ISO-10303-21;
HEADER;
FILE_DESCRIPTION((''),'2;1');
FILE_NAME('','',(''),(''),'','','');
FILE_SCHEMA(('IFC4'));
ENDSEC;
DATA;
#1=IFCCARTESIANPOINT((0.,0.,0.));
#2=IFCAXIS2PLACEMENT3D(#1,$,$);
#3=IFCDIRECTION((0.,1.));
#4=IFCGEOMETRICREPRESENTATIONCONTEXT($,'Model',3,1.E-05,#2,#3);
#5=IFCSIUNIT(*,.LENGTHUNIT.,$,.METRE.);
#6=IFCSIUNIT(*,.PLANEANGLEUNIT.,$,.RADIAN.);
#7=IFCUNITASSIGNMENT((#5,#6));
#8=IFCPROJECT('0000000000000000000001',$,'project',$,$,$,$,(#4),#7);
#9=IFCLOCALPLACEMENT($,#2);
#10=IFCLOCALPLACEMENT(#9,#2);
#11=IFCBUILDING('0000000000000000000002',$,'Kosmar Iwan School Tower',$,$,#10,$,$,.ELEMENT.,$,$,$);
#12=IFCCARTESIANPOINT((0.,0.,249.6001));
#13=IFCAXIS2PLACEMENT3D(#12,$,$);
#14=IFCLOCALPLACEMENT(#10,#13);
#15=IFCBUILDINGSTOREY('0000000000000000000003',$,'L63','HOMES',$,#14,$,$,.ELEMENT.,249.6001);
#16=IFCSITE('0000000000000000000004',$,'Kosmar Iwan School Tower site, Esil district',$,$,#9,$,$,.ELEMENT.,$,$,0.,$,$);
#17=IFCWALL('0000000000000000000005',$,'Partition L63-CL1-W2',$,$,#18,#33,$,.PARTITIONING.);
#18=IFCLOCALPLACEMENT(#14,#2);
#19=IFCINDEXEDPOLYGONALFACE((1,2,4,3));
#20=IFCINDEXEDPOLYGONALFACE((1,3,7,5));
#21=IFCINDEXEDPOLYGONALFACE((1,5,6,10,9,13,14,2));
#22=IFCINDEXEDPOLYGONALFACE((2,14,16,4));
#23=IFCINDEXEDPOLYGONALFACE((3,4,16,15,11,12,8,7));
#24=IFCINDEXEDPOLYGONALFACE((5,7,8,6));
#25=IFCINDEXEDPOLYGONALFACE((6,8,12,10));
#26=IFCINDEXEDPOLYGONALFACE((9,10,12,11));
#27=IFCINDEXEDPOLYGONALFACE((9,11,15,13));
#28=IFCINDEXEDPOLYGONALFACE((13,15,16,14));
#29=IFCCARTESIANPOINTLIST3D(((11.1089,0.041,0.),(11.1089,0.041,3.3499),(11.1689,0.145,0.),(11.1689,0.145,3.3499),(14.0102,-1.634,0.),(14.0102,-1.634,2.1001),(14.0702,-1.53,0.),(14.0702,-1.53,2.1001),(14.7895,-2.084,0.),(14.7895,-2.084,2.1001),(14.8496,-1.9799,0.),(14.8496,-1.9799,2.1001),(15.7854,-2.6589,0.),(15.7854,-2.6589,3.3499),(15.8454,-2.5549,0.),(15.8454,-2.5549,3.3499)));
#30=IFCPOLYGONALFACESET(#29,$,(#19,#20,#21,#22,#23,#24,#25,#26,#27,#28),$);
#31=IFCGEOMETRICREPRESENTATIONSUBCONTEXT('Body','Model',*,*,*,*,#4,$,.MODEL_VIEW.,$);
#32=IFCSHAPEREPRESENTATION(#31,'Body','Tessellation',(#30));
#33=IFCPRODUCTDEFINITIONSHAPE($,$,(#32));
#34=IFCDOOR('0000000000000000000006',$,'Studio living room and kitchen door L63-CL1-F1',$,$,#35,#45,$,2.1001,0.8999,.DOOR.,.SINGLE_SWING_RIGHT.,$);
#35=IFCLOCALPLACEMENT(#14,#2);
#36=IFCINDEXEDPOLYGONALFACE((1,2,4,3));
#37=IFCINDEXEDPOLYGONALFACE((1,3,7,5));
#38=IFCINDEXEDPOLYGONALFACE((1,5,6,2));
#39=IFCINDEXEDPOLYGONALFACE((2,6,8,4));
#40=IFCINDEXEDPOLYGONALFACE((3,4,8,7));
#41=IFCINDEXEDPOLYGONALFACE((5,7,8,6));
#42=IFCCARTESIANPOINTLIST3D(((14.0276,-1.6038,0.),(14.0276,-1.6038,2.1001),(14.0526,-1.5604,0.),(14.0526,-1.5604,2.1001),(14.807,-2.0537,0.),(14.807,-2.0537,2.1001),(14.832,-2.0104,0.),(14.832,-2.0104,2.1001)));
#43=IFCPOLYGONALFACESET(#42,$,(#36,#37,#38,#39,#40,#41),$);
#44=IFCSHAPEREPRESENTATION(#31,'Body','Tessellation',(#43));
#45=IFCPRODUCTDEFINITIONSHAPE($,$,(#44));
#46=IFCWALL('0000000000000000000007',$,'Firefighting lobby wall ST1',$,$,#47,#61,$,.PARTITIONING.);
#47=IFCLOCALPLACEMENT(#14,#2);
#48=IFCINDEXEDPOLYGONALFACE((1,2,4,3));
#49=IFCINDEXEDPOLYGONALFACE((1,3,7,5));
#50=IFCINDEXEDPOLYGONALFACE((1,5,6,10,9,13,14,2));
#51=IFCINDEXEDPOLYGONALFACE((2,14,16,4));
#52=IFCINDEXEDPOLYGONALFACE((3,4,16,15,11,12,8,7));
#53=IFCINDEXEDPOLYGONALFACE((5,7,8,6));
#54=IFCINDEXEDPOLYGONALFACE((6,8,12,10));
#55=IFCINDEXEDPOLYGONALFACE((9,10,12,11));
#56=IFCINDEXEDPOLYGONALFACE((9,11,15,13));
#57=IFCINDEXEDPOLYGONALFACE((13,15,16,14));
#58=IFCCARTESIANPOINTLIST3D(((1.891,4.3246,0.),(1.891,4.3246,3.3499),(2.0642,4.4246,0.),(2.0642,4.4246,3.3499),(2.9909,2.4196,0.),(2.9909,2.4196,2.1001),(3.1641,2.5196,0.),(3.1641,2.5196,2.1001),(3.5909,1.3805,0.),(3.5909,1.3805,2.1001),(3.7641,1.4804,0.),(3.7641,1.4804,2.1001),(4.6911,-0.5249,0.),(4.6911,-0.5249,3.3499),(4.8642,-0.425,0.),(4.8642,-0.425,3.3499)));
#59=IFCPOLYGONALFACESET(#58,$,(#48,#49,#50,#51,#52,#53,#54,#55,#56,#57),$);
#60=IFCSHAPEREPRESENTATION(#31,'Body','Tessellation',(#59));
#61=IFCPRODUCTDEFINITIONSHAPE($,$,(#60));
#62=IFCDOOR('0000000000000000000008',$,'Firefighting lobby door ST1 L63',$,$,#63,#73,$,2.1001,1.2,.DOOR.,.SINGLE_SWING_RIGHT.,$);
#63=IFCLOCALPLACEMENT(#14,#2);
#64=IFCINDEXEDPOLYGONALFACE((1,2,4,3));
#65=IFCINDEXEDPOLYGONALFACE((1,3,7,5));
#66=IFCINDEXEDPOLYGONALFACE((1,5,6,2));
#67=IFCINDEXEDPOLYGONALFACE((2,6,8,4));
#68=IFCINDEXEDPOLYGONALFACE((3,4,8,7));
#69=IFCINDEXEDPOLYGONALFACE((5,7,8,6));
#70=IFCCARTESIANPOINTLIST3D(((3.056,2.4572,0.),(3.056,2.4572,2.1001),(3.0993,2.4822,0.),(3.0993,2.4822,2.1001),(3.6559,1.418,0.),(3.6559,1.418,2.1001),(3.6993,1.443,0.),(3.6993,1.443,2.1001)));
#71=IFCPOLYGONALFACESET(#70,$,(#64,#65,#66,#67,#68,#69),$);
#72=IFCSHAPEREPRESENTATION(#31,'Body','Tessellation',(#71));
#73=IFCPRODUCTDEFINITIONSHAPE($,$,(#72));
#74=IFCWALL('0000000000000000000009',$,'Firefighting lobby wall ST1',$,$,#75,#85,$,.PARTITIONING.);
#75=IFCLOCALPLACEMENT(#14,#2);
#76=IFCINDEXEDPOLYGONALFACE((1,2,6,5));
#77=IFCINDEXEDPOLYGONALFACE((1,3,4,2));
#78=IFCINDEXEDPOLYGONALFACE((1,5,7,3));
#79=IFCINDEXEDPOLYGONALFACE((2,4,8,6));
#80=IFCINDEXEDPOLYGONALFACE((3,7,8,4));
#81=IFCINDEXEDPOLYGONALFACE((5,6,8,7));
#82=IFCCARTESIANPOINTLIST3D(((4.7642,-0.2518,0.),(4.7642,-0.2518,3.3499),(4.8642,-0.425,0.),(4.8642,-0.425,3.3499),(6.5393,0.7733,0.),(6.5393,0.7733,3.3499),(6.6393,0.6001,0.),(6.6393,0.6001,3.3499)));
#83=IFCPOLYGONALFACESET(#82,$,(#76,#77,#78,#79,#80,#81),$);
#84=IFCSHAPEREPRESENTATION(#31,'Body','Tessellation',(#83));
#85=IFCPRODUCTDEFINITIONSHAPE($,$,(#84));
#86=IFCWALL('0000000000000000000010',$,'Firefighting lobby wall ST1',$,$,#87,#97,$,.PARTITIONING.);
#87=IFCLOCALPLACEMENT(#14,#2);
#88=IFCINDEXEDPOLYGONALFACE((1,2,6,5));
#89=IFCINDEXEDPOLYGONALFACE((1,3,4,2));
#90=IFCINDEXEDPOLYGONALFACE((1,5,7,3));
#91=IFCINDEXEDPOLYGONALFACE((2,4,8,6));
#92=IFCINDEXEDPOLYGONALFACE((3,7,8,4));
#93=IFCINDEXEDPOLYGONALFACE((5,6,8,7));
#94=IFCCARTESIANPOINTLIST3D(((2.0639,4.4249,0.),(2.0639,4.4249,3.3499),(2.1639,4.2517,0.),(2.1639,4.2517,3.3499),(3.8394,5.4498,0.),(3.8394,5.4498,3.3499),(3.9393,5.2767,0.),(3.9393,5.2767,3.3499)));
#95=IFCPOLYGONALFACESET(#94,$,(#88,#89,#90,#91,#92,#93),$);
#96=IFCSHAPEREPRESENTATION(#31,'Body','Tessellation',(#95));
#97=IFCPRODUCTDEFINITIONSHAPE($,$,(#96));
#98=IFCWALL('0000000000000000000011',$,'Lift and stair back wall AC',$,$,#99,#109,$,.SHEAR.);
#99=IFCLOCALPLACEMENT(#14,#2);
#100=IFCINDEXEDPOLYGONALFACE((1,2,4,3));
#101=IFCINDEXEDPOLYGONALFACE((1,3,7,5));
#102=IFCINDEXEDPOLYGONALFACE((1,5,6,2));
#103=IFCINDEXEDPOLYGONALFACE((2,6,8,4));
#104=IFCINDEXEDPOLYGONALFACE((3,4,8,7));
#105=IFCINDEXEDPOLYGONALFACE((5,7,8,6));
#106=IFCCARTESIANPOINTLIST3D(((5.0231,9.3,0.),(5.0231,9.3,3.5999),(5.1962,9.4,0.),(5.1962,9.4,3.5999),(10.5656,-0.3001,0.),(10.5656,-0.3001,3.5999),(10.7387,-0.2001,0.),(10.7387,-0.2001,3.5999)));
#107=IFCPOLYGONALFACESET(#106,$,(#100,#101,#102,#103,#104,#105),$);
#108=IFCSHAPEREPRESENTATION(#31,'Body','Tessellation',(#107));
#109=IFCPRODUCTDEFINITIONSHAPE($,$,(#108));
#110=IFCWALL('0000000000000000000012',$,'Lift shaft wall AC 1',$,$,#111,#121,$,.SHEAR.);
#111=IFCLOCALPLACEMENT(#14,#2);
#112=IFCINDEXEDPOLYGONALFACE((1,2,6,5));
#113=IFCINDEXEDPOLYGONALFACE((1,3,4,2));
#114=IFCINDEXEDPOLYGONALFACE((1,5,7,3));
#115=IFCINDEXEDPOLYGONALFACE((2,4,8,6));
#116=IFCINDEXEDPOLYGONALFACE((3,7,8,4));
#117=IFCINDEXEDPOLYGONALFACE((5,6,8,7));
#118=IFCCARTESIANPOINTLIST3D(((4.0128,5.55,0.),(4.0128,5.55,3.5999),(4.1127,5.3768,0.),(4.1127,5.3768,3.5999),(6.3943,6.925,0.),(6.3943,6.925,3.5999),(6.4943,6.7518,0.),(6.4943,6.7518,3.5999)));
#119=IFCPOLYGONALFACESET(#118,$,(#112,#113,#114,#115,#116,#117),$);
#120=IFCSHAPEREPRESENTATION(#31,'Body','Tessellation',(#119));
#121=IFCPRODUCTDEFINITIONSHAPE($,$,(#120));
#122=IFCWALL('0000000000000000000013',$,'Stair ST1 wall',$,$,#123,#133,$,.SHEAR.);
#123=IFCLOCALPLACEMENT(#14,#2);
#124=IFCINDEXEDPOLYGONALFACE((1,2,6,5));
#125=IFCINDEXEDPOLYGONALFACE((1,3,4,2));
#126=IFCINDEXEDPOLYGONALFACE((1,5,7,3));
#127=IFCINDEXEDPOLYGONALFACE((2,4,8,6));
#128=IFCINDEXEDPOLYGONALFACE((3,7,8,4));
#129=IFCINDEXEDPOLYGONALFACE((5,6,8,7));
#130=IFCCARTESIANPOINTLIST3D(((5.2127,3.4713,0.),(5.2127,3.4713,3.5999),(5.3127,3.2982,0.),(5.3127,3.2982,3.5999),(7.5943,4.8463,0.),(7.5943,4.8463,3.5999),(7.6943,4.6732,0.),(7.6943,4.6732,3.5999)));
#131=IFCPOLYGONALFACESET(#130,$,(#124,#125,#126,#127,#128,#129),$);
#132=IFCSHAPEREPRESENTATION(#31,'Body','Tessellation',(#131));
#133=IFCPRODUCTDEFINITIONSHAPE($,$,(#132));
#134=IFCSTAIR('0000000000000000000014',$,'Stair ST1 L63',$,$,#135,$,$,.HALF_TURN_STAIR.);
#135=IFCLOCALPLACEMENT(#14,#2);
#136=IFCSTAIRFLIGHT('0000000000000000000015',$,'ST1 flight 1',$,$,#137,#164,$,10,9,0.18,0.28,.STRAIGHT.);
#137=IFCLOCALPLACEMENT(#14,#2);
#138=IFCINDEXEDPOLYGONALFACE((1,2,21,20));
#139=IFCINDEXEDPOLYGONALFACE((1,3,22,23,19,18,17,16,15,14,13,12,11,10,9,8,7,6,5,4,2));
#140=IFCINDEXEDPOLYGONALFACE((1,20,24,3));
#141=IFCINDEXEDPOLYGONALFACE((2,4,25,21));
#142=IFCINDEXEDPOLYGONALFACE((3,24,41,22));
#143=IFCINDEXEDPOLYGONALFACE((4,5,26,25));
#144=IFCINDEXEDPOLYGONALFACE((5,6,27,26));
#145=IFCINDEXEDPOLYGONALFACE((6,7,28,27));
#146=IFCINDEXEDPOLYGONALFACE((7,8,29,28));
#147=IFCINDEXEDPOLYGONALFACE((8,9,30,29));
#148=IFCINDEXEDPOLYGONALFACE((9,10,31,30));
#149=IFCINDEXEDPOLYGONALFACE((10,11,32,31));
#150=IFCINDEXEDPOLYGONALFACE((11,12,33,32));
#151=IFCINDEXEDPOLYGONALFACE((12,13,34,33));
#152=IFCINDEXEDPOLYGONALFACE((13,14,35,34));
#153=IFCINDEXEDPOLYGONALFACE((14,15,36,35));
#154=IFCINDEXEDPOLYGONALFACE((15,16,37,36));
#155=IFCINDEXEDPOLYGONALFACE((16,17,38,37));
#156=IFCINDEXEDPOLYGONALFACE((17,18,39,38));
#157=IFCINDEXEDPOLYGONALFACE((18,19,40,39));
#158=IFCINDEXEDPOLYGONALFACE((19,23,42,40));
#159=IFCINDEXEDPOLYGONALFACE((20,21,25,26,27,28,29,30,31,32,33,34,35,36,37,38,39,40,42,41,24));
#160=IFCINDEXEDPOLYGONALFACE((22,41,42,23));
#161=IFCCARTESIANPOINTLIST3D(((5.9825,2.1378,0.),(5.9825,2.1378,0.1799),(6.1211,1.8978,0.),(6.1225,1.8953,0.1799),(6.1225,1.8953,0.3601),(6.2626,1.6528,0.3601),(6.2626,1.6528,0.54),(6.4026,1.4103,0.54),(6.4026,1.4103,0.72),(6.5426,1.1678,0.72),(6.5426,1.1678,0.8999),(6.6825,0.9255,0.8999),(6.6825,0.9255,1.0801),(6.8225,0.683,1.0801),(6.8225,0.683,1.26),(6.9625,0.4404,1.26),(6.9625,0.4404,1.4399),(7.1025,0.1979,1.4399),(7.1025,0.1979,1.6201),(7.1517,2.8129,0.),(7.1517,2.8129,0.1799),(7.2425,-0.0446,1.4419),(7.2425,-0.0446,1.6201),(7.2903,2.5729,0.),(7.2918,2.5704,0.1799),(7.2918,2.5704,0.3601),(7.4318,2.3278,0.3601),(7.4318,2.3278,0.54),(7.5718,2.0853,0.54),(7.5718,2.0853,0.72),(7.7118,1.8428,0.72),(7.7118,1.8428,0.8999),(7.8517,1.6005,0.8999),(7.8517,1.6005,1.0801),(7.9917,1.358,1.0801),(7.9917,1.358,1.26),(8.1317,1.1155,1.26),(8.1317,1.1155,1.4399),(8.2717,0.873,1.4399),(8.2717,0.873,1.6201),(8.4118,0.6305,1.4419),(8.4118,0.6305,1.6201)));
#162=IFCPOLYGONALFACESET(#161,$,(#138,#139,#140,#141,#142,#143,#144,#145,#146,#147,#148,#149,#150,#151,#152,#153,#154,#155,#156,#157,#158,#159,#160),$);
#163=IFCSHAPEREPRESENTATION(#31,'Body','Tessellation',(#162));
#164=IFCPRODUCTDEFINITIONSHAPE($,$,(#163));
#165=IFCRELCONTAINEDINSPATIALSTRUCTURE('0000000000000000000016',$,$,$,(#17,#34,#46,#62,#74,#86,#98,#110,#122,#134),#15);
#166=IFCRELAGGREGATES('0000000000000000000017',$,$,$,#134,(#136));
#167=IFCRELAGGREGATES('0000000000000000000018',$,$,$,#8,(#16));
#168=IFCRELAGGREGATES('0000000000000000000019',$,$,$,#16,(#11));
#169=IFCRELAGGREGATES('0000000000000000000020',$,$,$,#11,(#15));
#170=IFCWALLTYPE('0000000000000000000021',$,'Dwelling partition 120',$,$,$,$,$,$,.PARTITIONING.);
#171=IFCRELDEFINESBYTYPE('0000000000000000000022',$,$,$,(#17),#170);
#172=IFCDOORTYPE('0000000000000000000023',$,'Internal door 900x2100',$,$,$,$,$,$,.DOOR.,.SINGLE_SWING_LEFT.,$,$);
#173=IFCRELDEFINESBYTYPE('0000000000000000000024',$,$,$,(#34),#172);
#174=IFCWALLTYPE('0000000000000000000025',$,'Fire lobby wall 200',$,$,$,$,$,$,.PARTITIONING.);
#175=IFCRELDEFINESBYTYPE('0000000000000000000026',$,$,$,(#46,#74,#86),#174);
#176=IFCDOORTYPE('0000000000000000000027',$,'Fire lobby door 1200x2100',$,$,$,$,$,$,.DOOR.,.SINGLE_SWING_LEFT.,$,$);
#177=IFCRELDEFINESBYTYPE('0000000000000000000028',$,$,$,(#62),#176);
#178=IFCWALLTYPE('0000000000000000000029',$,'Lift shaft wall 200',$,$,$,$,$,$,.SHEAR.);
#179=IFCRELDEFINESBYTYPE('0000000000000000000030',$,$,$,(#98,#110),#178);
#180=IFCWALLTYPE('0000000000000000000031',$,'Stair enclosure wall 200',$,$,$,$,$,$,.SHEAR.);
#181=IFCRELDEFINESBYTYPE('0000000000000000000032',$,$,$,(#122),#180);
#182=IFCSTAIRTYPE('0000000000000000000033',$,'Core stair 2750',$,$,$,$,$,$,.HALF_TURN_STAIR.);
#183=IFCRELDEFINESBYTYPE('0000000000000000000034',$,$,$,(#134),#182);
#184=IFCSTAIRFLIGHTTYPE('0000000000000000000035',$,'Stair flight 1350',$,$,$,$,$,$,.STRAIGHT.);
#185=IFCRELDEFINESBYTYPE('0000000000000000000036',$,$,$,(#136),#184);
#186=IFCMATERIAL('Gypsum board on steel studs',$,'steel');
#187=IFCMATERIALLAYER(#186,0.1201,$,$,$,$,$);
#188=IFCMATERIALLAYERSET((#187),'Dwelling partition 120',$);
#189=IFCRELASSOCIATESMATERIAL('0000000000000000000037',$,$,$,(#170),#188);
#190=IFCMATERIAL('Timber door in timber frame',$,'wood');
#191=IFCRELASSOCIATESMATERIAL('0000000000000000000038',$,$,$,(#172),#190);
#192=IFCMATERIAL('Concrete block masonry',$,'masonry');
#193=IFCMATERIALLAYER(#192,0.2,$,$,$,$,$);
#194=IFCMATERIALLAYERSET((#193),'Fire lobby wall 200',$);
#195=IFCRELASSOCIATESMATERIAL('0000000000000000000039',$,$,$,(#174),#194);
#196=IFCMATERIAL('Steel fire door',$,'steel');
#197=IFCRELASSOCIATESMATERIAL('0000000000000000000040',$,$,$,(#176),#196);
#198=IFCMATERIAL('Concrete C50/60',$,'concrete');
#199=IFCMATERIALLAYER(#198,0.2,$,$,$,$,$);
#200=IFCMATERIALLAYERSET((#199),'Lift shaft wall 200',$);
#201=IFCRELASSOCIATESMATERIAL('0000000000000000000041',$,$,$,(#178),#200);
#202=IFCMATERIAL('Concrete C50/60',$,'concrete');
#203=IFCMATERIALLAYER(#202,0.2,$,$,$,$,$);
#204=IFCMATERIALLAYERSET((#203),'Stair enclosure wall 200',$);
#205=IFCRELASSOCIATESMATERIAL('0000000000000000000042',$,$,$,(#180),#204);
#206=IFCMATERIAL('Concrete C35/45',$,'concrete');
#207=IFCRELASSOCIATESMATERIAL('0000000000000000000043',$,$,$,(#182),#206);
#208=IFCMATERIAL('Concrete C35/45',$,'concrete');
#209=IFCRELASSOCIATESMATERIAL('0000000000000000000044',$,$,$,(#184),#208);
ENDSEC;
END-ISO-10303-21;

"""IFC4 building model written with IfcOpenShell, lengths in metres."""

from ifc_helpers import new_model, si_unit, direction, frame, frame_2d, origin, place, context, subcontext, project, spatial, polyline, rectangle, outline, extrude, material, layer, layer_set, type_object, element, fill, aggregate, save


model = new_model("IFC4")

# Units and contexts
model_context = context("Model", 3, precision=1e-05, world=origin(), true_north=direction((0.0, 1.0)))
body_context = subcontext(model_context, "Body", "Model", "MODEL_VIEW")
ifc_project = project(units=[si_unit("LENGTHUNIT", "METRE"), si_unit("PLANEANGLEUNIT", "RADIAN")], contexts=[model_context])

# Site, building, storey
site_placement = place(None, origin())
site = spatial("IfcSite", under=ifc_project, at=site_placement, Name="Kosmar Iwan School Tower site, Esil district", CompositionType="ELEMENT", RefElevation=0.0)
building_placement = place(site_placement, origin())
building = spatial("IfcBuilding", under=site, at=building_placement, Name="Kosmar Iwan School Tower", CompositionType="ELEMENT")
storey_placement = place(building_placement, frame((0.0, 0.0, 249.6001)))
storey = spatial("IfcBuildingStorey", under=building, at=storey_placement, Name="L63", Description="HOMES", CompositionType="ELEMENT", Elevation=249.6001)

# Walls, openings, doors
ifc_material_1 = material(Name="Gypsum board on steel studs", Category="steel")
ifc_layer_1 = layer(ifc_material_1, 0.1201)
ifc_layer_set_1 = layer_set([ifc_layer_1], Name="Dwelling partition 120")
wall_type_1 = type_object("IfcWallType", Name="Dwelling partition 120", PredefinedType="PARTITIONING", material=ifc_layer_set_1)
wall_1_placement = place(storey_placement, frame((11.1389, 0.093, 0.0), z_axis=(0.0, 0.0, 1.0), x_axis=(0.866028, -0.499995, 0.0)))
wall_1 = element("IfcWall", 1, at=wall_1_placement, inside=storey, type_object=wall_type_1, Name="Partition L63-CL1-W2", PredefinedType="PARTITIONING", context=body_context, shape_type="SweptSolid", body=[
    extrude(rectangle(XDim=5.3999, YDim=0.1201, at=frame_2d((2.7, 0.0))), origin(), (0.0, 0.0, 1.0), 3.3499),
])
opening_1_placement = place(wall_1_placement, frame((3.3501, 0.0, 0.0)))
opening_1 = element("IfcOpeningElement", 2, at=opening_1_placement, cuts=wall_1, PredefinedType="OPENING", context=body_context, shape_type="SweptSolid", body=[
    extrude(rectangle(XDim=0.8999, YDim=2.1001, at=frame_2d((0.45, 1.05))), frame((0.0, 0.072, 0.0), z_axis=(0.0, -1.0, 0.0), x_axis=(1.0, 0.0, 0.0)), (0.0, 0.0, 1.0), 0.144),
])
ifc_material_2 = material(Name="Timber door in timber frame", Category="wood")
door_type_1 = type_object("IfcDoorType", Name="Internal door 900x2100", OperationType="SINGLE_SWING_LEFT", PredefinedType="DOOR", material=ifc_material_2)
door_1_placement = place(opening_1_placement, origin())
door_1 = element("IfcDoor", 3, at=door_1_placement, inside=storey, type_object=door_type_1, Name="Studio living room and kitchen door L63-CL1-F1", OperationType="SINGLE_SWING_RIGHT", OverallHeight=2.1001, OverallWidth=0.8999, PredefinedType="DOOR", context=body_context, shape_type="SweptSolid", body=[
    extrude(rectangle(XDim=0.8999, YDim=2.1001, at=frame_2d((0.45, 1.05))), frame((0.0, 0.0249, 0.0), z_axis=(0.0, -1.0, 0.0), x_axis=(1.0, 0.0, 0.0)), (0.0, 0.0, 1.0), 0.05),
])
fill(opening_1, door_1)
ifc_material_3 = material(Name="Concrete block masonry", Category="masonry")
ifc_layer_2 = layer(ifc_material_3, 0.2)
ifc_layer_set_2 = layer_set([ifc_layer_2], Name="Fire lobby wall 200")
wall_type_2 = type_object("IfcWallType", Name="Fire lobby wall 200", PredefinedType="PARTITIONING", material=ifc_layer_set_2)
wall_2_placement = place(storey_placement, frame((4.7776, -0.4749, 0.0), z_axis=(0.0, 0.0, 1.0), x_axis=(-0.500017, 0.866016, 0.0)))
wall_2 = element("IfcWall", 4, at=wall_2_placement, inside=storey, type_object=wall_type_2, Name="Firefighting lobby wall ST1", PredefinedType="PARTITIONING", context=body_context, shape_type="SweptSolid", body=[
    extrude(rectangle(XDim=5.5999, YDim=0.2, at=frame_2d((2.7998, 0.0))), origin(), (0.0, 0.0, 1.0), 3.3499),
])
opening_2_placement = place(wall_2_placement, frame((2.2, 0.0, 0.0)))
opening_2 = element("IfcOpeningElement", 5, at=opening_2_placement, cuts=wall_2, PredefinedType="OPENING", context=body_context, shape_type="SweptSolid", body=[
    extrude(rectangle(XDim=1.2, YDim=2.1001, at=frame_2d((0.6001, 1.05))), frame((0.0, 0.1121, 0.0), z_axis=(0.0, -1.0, 0.0), x_axis=(1.0, 0.0, 0.0)), (0.0, 0.0, 1.0), 0.2239),
])
ifc_material_4 = material(Name="Steel fire door", Category="steel")
door_type_2 = type_object("IfcDoorType", Name="Fire lobby door 1200x2100", OperationType="SINGLE_SWING_LEFT", PredefinedType="DOOR", material=ifc_material_4)
door_2_placement = place(opening_2_placement, origin())
door_2 = element("IfcDoor", 6, at=door_2_placement, inside=storey, type_object=door_type_2, Name="Firefighting lobby door ST1 L63", OperationType="SINGLE_SWING_RIGHT", OverallHeight=2.1001, OverallWidth=1.2, PredefinedType="DOOR", context=body_context, shape_type="SweptSolid", body=[
    extrude(rectangle(XDim=1.2, YDim=2.1001, at=frame_2d((0.6001, 1.05))), frame((0.0, 0.0249, 0.0), z_axis=(0.0, -1.0, 0.0), x_axis=(1.0, 0.0, 0.0)), (0.0, 0.0, 1.0), 0.05),
])
fill(opening_2, door_2)

# Walls
wall_3_placement = place(storey_placement, frame((4.8142, -0.3384, 0.0), z_axis=(0.0, 0.0, 1.0), x_axis=(0.865969, 0.500097, 0.0)))
element("IfcWall", 7, at=wall_3_placement, inside=storey, type_object=wall_type_2, Name="Firefighting lobby wall ST1", PredefinedType="PARTITIONING", context=body_context, shape_type="SweptSolid", body=[
    extrude(rectangle(XDim=2.0498, YDim=0.2, at=frame_2d((1.0249, 0.0))), origin(), (0.0, 0.0, 1.0), 3.3499),
])
wall_4_placement = place(storey_placement, frame((2.114, 4.3384, 0.0), z_axis=(0.0, 0.0, 1.0), x_axis=(0.866051, 0.499956, 0.0)))
element("IfcWall", 8, at=wall_4_placement, inside=storey, type_object=wall_type_2, Name="Firefighting lobby wall ST1", PredefinedType="PARTITIONING", context=body_context, shape_type="SweptSolid", body=[
    extrude(rectangle(XDim=2.05, YDim=0.2, at=frame_2d((1.0249, 0.0))), origin(), (0.0, 0.0, 1.0), 3.3499),
])
ifc_material_5 = material(Name="Concrete C50/60", Category="concrete")
ifc_layer_3 = layer(ifc_material_5, 0.2)
ifc_layer_set_3 = layer_set([ifc_layer_3], Name="Lift shaft wall 200")
wall_type_3 = type_object("IfcWallType", Name="Lift shaft wall 200", PredefinedType="SHEAR", material=ifc_layer_set_3)
wall_5_placement = place(storey_placement, frame((10.6521, -0.25, 0.0), z_axis=(0.0, 0.0, 1.0), x_axis=(-0.499991, 0.866031, 0.0)))
element("IfcWall", 9, at=wall_5_placement, inside=storey, type_object=wall_type_3, Name="Lift and stair back wall AC", PredefinedType="SHEAR", context=body_context, shape_type="SweptSolid", body=[
    extrude(rectangle(XDim=11.0852, YDim=0.2, at=frame_2d((5.5425, 0.0))), origin(), (0.0, 0.0, 1.0), 3.5999),
])
wall_6_placement = place(storey_placement, frame((4.0627, 5.4634, 0.0), z_axis=(0.0, 0.0, 1.0), x_axis=(0.866027, 0.499997, 0.0)))
element("IfcWall", 10, at=wall_6_placement, inside=storey, type_object=wall_type_3, Name="Lift shaft wall AC 1", PredefinedType="SHEAR", context=body_context, shape_type="SweptSolid", body=[
    extrude(rectangle(XDim=2.75, YDim=0.2, at=frame_2d((1.375, 0.0))), origin(), (0.0, 0.0, 1.0), 3.5999),
])
ifc_material_6 = material(Name="Concrete C50/60", Category="concrete")
ifc_layer_4 = layer(ifc_material_6, 0.2)
ifc_layer_set_4 = layer_set([ifc_layer_4], Name="Stair enclosure wall 200")
wall_type_4 = type_object("IfcWallType", Name="Stair enclosure wall 200", PredefinedType="SHEAR", material=ifc_layer_set_4)
wall_7_placement = place(storey_placement, frame((5.2627, 3.3848, 0.0), z_axis=(0.0, 0.0, 1.0), x_axis=(0.866027, 0.499997, 0.0)))
element("IfcWall", 11, at=wall_7_placement, inside=storey, type_object=wall_type_4, Name="Stair ST1 wall", PredefinedType="SHEAR", context=body_context, shape_type="SweptSolid", body=[
    extrude(rectangle(XDim=2.75, YDim=0.2, at=frame_2d((1.375, 0.0))), origin(), (0.0, 0.0, 1.0), 3.5999),
])

# Stair, stair flight
ifc_material_7 = material(Name="Concrete C35/45", Category="concrete")
stair_type = type_object("IfcStairType", Name="Core stair 2750", PredefinedType="HALF_TURN_STAIR", material=ifc_material_7)
stair_placement = place(storey_placement, origin())
stair = element("IfcStair", 12, at=stair_placement, inside=storey, type_object=stair_type, Name="Stair ST1 L63", PredefinedType="HALF_TURN_STAIR")
ifc_material_8 = material(Name="Concrete C35/45", Category="concrete")
stair_flight_type = type_object("IfcStairFlightType", Name="Stair flight 1350", PredefinedType="STRAIGHT", material=ifc_material_8)
stair_flight_1_placement = place(storey_placement, frame((6.5671, 2.4753, 0.0), z_axis=(0.0, 0.0, 1.0), x_axis=(0.5, -0.866025, 0.0)))
stair_flight_1 = element("IfcStairFlight", 13, at=stair_flight_1_placement, type_object=stair_flight_type, Name="ST1 flight 1", NumberOfRisers=10, NumberOfTreads=9, PredefinedType="STRAIGHT", RiserHeight=0.18, TreadLength=0.28, context=body_context, shape_type="SweptSolid", body=[
    extrude(outline(polyline([(0.0, 0.0), (0.0, 0.1799), (0.28, 0.1799), (0.28, 0.3601), (0.5601, 0.3601), (0.5601, 0.54), (0.8401, 0.54), (0.8401, 0.72), (1.1201, 0.72), (1.1201, 0.8999), (1.3999, 0.8999), (1.3999, 1.0801), (1.6799, 1.0801), (1.6799, 1.26), (1.96, 1.26), (1.96, 1.4399), (2.24, 1.4399), (2.24, 1.6201), (2.52, 1.6201), (2.52, 1.8), (2.52, 1.4419), (0.2771, 0.0), (0.0, 0.0)])), frame((0.0, 0.675, 0.0), z_axis=(0.0, -1.0, 0.0), x_axis=(1.0, 0.0, 0.0)), (0.0, 0.0, 1.0), 1.3501),
])
aggregate(stair, [stair_flight_1])

save(model, "model.ifc")
